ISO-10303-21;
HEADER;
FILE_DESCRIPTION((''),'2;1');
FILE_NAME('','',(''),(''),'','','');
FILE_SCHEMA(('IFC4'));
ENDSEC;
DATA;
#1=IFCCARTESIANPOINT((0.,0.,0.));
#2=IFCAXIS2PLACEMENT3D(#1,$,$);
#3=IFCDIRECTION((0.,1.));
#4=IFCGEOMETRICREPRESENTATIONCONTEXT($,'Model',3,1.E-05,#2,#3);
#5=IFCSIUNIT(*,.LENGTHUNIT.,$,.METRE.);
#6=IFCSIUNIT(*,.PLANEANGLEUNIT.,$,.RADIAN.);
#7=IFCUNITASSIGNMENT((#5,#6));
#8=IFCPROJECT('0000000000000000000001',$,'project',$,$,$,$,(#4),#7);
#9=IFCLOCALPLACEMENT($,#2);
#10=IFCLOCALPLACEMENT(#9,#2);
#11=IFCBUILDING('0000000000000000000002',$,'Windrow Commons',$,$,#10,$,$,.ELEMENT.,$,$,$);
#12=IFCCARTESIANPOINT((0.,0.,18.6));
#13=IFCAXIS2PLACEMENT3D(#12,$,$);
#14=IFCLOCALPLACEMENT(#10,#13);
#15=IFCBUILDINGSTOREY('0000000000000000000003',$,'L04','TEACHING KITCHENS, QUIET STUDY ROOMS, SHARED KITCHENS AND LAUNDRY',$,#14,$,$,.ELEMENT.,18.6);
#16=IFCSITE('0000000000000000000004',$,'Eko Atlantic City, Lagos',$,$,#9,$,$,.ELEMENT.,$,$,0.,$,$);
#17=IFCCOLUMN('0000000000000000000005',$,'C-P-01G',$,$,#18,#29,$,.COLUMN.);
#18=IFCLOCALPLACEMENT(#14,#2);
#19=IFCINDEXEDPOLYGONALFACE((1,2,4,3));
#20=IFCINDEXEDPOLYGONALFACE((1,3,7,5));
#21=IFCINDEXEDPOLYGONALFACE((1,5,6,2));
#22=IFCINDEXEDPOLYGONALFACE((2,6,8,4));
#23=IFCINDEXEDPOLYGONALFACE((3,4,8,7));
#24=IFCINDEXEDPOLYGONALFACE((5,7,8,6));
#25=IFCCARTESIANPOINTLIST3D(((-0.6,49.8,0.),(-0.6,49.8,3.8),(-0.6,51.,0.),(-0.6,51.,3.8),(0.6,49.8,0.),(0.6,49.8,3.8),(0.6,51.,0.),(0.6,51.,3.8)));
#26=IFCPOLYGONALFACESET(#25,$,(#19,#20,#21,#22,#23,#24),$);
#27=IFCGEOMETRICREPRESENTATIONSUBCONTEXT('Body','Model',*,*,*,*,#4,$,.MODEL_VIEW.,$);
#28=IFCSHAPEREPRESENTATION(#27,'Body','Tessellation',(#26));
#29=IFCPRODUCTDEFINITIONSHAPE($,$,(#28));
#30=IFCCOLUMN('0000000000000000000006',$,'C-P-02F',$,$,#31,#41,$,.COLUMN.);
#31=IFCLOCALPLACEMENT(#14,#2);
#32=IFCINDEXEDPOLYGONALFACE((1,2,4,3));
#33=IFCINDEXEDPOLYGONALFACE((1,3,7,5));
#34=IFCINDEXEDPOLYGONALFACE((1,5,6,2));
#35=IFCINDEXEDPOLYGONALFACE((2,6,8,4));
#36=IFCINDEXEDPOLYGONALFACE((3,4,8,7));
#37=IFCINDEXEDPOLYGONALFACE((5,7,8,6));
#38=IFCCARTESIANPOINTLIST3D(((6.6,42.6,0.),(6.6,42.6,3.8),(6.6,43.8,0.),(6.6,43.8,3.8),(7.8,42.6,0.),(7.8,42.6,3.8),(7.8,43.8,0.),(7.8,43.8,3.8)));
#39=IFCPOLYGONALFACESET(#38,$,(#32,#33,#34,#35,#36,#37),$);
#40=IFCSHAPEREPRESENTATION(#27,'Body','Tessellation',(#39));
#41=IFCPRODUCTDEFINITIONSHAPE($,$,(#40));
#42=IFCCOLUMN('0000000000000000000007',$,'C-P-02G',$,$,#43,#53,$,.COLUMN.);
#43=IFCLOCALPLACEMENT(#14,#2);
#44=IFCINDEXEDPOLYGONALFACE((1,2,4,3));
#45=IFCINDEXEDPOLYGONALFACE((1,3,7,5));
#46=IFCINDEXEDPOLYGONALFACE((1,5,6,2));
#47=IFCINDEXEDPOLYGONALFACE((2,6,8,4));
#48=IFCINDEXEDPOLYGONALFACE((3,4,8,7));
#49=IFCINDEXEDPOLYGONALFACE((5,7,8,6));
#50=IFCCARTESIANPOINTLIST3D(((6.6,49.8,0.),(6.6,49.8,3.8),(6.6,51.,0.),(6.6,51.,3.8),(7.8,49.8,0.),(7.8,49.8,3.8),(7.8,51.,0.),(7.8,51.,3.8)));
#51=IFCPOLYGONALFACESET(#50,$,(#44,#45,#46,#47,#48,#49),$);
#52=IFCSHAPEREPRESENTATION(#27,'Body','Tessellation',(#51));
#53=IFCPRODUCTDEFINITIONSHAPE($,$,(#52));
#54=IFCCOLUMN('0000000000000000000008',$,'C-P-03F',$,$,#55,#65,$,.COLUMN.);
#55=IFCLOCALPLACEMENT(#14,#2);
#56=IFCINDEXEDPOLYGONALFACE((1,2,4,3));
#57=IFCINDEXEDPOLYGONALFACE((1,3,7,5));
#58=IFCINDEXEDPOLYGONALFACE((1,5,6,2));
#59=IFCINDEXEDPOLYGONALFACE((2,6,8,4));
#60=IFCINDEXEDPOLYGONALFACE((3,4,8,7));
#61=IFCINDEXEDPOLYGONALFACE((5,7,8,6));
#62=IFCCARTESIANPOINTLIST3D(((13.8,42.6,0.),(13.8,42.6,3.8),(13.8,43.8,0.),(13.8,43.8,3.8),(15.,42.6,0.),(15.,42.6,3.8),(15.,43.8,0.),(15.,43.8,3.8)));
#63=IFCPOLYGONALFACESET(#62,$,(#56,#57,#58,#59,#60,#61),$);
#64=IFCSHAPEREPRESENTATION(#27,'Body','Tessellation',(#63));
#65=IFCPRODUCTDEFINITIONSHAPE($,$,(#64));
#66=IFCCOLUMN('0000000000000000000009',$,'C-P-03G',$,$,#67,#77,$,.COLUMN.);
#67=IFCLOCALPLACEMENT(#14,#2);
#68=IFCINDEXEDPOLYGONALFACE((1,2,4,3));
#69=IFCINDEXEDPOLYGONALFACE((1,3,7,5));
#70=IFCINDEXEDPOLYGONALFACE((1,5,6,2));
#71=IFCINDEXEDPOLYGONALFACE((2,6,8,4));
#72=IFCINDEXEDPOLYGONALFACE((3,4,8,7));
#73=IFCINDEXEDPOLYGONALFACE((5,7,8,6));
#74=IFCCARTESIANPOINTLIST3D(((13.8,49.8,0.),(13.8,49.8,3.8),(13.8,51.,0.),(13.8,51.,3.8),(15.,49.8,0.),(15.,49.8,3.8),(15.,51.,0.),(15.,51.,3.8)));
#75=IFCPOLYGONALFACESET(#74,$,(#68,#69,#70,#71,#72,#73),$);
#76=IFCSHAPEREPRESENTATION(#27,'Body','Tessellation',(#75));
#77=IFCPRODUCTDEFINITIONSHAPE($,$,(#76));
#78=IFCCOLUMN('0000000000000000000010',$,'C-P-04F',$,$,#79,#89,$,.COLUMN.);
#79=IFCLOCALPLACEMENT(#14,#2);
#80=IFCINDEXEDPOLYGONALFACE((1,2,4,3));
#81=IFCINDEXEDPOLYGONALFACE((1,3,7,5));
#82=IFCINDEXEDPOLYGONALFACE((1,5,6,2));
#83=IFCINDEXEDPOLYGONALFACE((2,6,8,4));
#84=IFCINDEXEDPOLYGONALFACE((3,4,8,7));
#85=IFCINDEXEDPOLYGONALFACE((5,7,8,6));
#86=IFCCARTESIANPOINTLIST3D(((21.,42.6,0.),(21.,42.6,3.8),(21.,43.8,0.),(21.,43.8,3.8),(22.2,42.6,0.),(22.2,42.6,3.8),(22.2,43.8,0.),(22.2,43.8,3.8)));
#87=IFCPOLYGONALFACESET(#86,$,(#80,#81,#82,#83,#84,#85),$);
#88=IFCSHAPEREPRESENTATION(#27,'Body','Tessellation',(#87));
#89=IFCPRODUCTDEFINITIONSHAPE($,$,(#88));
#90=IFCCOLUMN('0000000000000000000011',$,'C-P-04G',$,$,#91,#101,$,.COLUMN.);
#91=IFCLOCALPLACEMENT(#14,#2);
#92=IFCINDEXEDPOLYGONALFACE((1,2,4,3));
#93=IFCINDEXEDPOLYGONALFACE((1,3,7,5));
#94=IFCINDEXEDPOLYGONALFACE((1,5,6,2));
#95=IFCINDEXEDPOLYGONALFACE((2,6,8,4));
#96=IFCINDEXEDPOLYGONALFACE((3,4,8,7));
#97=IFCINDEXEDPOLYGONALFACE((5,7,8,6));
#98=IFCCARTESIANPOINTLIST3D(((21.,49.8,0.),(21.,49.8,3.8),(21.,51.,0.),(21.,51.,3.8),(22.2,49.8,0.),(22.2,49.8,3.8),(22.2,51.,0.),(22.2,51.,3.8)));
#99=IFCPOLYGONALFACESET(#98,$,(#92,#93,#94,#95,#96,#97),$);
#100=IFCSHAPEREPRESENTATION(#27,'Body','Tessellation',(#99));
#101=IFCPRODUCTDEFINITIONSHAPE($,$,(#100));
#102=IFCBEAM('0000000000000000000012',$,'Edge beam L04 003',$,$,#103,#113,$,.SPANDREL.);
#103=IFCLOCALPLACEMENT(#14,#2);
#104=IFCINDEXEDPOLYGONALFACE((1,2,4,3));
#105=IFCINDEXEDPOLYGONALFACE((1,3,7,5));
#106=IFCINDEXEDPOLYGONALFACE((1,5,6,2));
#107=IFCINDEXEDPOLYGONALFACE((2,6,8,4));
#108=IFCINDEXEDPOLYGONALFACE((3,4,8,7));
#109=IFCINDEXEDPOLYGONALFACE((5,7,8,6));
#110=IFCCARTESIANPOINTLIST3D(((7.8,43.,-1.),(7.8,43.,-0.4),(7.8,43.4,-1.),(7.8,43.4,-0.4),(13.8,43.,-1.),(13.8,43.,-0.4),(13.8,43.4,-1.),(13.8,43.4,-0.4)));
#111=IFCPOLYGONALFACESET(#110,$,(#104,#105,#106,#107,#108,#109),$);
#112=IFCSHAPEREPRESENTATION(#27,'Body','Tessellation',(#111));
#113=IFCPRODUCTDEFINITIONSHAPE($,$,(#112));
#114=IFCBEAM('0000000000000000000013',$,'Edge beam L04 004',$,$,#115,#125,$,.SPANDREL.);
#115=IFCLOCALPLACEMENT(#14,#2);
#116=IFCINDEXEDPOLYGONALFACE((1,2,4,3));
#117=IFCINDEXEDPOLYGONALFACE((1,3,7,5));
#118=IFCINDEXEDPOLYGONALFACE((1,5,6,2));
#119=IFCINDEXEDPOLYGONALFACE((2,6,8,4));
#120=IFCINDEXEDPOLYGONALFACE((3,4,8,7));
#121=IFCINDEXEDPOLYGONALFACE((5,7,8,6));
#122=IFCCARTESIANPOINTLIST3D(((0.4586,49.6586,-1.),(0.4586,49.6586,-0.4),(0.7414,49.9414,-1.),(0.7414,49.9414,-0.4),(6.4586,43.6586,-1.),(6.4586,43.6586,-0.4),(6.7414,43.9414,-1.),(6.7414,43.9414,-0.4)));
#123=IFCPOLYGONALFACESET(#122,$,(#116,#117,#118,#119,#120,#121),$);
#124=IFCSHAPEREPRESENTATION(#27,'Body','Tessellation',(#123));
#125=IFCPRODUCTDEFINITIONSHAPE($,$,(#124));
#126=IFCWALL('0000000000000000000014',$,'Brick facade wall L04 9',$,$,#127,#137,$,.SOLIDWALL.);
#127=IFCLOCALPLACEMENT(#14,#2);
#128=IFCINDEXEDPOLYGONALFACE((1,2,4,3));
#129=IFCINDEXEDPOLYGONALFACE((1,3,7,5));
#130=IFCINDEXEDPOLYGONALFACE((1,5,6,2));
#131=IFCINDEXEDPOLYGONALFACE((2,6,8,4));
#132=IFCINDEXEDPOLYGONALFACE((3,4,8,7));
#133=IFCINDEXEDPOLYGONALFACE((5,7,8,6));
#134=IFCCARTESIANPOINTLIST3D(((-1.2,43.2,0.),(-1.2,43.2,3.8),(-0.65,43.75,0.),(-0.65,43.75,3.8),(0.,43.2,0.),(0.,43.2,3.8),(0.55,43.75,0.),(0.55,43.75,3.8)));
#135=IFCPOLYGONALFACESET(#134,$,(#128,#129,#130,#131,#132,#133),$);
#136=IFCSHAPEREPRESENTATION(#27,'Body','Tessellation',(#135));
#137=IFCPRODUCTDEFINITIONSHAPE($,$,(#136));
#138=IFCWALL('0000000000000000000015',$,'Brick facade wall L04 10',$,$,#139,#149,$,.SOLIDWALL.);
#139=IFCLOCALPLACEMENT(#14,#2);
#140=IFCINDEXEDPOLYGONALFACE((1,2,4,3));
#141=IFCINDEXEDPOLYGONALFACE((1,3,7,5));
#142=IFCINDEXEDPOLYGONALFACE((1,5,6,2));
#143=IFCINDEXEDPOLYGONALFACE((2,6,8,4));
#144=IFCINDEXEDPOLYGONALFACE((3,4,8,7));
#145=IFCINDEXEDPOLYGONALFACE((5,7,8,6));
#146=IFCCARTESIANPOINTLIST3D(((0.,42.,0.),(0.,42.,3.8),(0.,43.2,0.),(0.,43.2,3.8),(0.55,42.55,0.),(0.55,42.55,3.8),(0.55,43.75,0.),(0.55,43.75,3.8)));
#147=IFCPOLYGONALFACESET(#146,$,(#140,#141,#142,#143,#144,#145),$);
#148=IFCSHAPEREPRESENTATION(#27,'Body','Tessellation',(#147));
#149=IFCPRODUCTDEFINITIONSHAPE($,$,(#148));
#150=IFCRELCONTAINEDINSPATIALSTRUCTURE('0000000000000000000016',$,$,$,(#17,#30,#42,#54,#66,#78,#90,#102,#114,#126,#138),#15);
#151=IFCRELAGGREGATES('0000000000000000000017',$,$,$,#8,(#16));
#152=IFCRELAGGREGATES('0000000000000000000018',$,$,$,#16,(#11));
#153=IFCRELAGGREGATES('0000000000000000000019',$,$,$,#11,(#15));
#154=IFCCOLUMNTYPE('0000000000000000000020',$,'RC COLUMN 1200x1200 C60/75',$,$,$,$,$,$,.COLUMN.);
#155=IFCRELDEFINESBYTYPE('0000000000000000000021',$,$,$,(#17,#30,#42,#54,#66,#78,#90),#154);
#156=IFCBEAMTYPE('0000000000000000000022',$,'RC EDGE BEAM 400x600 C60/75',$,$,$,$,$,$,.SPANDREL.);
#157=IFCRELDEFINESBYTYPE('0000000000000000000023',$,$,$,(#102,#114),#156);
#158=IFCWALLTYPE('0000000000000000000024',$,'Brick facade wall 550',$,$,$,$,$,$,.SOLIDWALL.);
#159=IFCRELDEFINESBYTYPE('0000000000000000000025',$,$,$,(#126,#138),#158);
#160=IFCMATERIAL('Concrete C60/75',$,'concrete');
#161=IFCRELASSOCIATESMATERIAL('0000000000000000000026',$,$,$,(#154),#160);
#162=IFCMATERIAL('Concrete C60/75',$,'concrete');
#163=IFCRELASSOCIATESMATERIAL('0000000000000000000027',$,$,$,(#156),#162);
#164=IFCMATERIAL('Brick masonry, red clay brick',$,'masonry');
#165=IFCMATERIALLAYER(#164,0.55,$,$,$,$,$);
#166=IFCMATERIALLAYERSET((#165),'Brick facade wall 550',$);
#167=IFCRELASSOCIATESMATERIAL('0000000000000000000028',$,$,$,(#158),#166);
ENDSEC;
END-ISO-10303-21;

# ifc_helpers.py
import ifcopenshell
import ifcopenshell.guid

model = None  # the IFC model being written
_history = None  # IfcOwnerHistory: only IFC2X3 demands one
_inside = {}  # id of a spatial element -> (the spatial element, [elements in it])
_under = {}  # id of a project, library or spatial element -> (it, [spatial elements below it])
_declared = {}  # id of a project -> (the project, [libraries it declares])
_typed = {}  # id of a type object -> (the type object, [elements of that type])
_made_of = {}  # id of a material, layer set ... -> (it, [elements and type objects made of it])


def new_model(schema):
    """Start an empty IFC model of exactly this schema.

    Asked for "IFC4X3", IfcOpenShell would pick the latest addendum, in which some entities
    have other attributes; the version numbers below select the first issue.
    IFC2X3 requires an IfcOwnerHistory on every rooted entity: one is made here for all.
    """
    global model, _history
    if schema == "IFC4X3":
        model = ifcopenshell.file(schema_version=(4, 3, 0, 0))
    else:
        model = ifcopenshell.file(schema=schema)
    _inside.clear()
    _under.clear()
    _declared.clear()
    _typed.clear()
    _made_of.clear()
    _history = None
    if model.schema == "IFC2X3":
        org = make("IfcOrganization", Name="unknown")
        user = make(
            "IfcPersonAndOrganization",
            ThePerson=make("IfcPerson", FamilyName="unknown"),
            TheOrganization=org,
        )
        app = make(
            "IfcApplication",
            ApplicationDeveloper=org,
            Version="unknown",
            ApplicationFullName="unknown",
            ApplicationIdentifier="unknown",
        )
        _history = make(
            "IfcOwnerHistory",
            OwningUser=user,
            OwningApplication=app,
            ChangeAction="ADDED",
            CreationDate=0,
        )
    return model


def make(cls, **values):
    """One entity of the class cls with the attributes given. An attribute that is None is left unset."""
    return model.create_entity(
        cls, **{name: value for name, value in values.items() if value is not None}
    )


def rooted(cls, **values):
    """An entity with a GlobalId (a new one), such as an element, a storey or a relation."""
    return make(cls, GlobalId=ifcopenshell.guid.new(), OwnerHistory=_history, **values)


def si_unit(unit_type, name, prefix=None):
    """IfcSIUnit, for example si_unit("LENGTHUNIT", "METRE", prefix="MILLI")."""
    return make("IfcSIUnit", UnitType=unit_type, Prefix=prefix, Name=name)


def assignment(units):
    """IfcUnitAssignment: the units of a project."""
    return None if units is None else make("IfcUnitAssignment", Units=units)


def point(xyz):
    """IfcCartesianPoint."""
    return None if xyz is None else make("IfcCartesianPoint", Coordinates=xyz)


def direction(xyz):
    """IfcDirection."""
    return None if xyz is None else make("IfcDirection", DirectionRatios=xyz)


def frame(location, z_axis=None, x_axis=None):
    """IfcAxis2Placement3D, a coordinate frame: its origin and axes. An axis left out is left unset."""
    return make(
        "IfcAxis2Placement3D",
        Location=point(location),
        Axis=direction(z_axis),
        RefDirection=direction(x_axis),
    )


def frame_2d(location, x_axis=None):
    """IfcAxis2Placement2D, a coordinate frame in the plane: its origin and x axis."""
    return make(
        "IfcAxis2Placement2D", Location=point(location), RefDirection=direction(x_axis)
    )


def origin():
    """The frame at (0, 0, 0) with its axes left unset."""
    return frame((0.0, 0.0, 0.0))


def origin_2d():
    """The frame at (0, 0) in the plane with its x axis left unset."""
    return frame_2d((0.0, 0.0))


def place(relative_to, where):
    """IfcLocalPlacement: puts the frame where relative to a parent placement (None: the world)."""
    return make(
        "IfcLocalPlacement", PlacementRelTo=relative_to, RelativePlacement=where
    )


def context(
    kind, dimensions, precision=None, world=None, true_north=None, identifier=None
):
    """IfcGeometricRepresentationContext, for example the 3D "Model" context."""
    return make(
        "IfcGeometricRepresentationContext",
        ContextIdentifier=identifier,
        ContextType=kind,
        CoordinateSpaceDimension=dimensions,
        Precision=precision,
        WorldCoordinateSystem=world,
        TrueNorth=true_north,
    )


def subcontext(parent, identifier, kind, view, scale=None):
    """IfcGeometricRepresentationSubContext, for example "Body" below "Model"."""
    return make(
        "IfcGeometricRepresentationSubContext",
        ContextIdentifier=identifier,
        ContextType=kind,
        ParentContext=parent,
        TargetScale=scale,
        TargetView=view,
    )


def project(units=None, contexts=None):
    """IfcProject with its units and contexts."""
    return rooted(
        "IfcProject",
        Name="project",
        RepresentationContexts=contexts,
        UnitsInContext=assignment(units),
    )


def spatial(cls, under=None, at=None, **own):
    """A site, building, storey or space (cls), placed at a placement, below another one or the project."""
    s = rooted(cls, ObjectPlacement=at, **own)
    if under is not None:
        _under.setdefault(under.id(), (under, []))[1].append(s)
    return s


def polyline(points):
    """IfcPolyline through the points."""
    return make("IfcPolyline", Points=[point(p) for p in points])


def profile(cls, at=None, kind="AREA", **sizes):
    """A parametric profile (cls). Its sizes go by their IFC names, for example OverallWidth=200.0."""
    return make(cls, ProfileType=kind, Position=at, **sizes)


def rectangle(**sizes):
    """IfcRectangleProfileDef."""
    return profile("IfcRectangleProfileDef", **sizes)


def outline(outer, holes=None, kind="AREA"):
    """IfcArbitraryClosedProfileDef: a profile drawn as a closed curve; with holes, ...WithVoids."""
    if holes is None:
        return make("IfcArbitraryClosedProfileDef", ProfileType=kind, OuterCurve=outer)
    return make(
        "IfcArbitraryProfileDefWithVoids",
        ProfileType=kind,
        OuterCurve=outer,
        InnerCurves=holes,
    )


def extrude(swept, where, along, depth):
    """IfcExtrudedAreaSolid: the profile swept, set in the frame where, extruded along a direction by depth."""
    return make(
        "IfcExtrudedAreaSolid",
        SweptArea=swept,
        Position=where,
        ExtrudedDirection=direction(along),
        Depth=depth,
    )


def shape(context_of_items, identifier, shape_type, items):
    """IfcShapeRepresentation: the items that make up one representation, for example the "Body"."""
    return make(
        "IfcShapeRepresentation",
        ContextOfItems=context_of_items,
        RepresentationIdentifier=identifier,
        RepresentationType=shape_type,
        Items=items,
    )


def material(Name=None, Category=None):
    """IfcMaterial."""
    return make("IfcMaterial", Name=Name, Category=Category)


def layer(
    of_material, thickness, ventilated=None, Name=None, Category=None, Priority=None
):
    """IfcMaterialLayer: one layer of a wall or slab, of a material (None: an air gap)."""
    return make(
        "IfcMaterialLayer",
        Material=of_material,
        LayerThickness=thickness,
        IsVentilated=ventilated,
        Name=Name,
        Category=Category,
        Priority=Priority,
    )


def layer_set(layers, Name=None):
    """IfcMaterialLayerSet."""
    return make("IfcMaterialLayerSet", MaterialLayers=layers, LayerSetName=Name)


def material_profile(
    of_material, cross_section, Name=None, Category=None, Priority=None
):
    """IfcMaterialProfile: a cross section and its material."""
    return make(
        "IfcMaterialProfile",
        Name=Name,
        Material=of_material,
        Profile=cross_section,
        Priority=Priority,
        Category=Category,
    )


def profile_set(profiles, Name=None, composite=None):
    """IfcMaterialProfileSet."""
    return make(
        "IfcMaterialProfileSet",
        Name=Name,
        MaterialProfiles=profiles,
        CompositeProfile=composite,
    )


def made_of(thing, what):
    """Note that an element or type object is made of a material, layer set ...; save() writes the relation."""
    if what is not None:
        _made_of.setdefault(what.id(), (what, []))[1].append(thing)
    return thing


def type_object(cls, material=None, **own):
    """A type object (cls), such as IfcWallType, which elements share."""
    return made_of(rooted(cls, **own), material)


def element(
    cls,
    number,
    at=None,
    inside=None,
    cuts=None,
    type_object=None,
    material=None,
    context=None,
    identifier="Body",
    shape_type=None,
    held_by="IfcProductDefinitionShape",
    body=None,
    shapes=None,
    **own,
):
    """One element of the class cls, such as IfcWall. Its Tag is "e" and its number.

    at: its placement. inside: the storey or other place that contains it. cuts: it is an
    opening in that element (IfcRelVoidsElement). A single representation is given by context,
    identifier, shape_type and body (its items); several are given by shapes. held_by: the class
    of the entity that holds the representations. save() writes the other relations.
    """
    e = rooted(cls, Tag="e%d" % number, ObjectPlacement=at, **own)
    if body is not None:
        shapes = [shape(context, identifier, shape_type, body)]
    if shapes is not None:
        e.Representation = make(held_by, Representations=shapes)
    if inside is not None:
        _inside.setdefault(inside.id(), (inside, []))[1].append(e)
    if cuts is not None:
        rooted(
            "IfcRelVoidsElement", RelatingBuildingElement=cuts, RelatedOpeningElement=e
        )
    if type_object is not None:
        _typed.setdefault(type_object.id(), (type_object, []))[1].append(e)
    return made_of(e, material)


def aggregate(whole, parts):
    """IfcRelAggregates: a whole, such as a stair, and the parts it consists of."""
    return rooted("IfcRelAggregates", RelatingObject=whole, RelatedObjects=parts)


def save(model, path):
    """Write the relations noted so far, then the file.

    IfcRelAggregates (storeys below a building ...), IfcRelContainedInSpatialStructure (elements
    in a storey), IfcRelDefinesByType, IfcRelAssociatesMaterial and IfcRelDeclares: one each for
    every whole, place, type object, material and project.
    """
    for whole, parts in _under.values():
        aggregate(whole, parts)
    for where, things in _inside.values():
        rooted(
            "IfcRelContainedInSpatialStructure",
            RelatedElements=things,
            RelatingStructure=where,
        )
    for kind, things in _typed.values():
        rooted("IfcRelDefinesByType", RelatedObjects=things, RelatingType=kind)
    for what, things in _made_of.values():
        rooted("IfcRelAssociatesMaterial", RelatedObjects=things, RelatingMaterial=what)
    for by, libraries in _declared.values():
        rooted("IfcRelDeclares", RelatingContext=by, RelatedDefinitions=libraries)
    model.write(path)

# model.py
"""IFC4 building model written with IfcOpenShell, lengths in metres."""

from ifc_helpers import new_model, si_unit, direction, frame, origin, origin_2d, place, context, subcontext, project, spatial, polyline, rectangle, outline, extrude, material, layer, layer_set, material_profile, profile_set, type_object, element, save


model = new_model("IFC4")

# Units and contexts
model_context = context("Model", 3, precision=1e-05, world=origin(), true_north=direction((0.0, 1.0)))
body_context = subcontext(model_context, "Body", "Model", "MODEL_VIEW")
ifc_project = project(units=[si_unit("LENGTHUNIT", "METRE"), si_unit("PLANEANGLEUNIT", "RADIAN")], contexts=[model_context])

# Site, building, storey
site_placement = place(None, origin())
site = spatial("IfcSite", under=ifc_project, at=site_placement, Name="Eko Atlantic City, Lagos", CompositionType="ELEMENT", RefElevation=0.0)
building_placement = place(site_placement, origin())
building = spatial("IfcBuilding", under=site, at=building_placement, Name="Windrow Commons", CompositionType="ELEMENT")
storey_placement = place(building_placement, frame((0.0, 0.0, 18.6)))
storey = spatial("IfcBuildingStorey", under=building, at=storey_placement, Name="L04", Description="TEACHING KITCHENS, QUIET STUDY ROOMS, SHARED KITCHENS AND LAUNDRY", CompositionType="ELEMENT", Elevation=18.6)

# Columns
ifc_material_1 = material(Name="Concrete C60/75", Category="concrete")
ifc_material_profile_1 = material_profile(ifc_material_1, rectangle(XDim=1.2, YDim=1.2, at=origin_2d()))
ifc_profile_set_1 = profile_set([ifc_material_profile_1], Name="Concrete C60/75")
column_type = type_object("IfcColumnType", Name="RC COLUMN 1200x1200 C60/75", PredefinedType="COLUMN", material=ifc_profile_set_1)
for number, where, z_axis, x_axis, name in (
    (1, (0.0, 50.4, 0.0), (0.0, 0.0, 1.0), (1.0, 0.0, 0.0), "C-P-01G"),
    (2, (7.2, 43.2, 0.0), (0.0, 0.0, 1.0), (1.0, 0.0, 0.0), "C-P-02F"),
    (3, (7.2, 50.4, 0.0), (0.0, 0.0, 1.0), (1.0, 0.0, 0.0), "C-P-02G"),
    (4, (14.4, 43.2, 0.0), (0.0, 0.0, 1.0), (1.0, 0.0, 0.0), "C-P-03F"),
    (5, (14.4, 50.4, 0.0), (0.0, 0.0, 1.0), (1.0, 0.0, 0.0), "C-P-03G"),
    (6, (21.6, 43.2, 0.0), (0.0, 0.0, 1.0), (1.0, 0.0, 0.0), "C-P-04F"),
    (7, (21.6, 50.4, 0.0), (0.0, 0.0, 1.0), (1.0, 0.0, 0.0), "C-P-04G"),
):
    element("IfcColumn", number, at=place(storey_placement, frame(where, z_axis=z_axis, x_axis=x_axis)), inside=storey, type_object=column_type, Name=name, PredefinedType="COLUMN", context=body_context, shape_type="SweptSolid", body=[
        extrude(rectangle(XDim=1.2, YDim=1.2, at=origin_2d()), origin(), (0.0, 0.0, 1.0), 3.8),
    ])

# Beams
ifc_material_2 = material(Name="Concrete C60/75", Category="concrete")
ifc_material_profile_2 = material_profile(ifc_material_2, rectangle(XDim=0.4, YDim=0.6, at=origin_2d()))
ifc_profile_set_2 = profile_set([ifc_material_profile_2], Name="Concrete C60/75")
beam_type = type_object("IfcBeamType", Name="RC EDGE BEAM 400x600 C60/75", PredefinedType="SPANDREL", material=ifc_profile_set_2)
beam_1_placement = place(storey_placement, frame((13.8, 43.2, -0.7), z_axis=(-1.0, 0.0, 0.0), x_axis=(0.0, -1.0, 0.0)))
element("IfcBeam", 8, at=beam_1_placement, inside=storey, type_object=beam_type, Name="Edge beam L04 003", PredefinedType="SPANDREL", context=body_context, shape_type="SweptSolid", body=[
    extrude(rectangle(XDim=0.4, YDim=0.6, at=origin_2d()), origin(), (0.0, 0.0, 1.0), 6.0),
])
beam_2_placement = place(storey_placement, frame((6.6, 43.8, -0.7), z_axis=(-0.707107, 0.707107, 0.0), x_axis=(-0.707107, -0.707107, 0.0)))
element("IfcBeam", 9, at=beam_2_placement, inside=storey, type_object=beam_type, Name="Edge beam L04 004", PredefinedType="SPANDREL", context=body_context, shape_type="SweptSolid", body=[
    extrude(rectangle(XDim=0.4, YDim=0.6, at=origin_2d()), origin(), (0.0, 0.0, 1.0), 8.4853),
])

# Walls
ifc_material_3 = material(Name="Brick masonry, red clay brick", Category="masonry")
ifc_layer_1 = layer(ifc_material_3, 0.55)
ifc_layer_set_1 = layer_set([ifc_layer_1], Name="Brick facade wall 550")
wall_type_1 = type_object("IfcWallType", Name="Brick facade wall 550", PredefinedType="SOLIDWALL", material=ifc_layer_set_1)
wall_1_placement = place(storey_placement, frame((-0.925, 43.475, 0.0), z_axis=(0.0, 0.0, 1.0), x_axis=(1.0, 0.0, 0.0)))
element("IfcWall", 10, at=wall_1_placement, inside=storey, type_object=wall_type_1, Name="Brick facade wall L04 9", PredefinedType="SOLIDWALL", context=body_context, shape_type="SweptSolid", body=[
    extrude(outline(polyline([(-0.275, -0.275), (0.925, -0.275), (1.475, 0.275), (0.275, 0.275), (-0.275, -0.275)])), origin(), (0.0, 0.0, 1.0), 3.8),
])
wall_2_placement = place(storey_placement, frame((0.275, 43.475, 0.0), z_axis=(0.0, 0.0, 1.0), x_axis=(0.0, -1.0, 0.0)))
element("IfcWall", 11, at=wall_2_placement, inside=storey, type_object=wall_type_1, Name="Brick facade wall L04 10", PredefinedType="SOLIDWALL", context=body_context, shape_type="SweptSolid", body=[
    extrude(outline(polyline([(0.275, -0.275), (1.475, -0.275), (0.925, 0.275), (-0.275, 0.275), (0.275, -0.275)])), origin(), (0.0, 0.0, 1.0), 3.8),
])

save(model, "model.ifc")
